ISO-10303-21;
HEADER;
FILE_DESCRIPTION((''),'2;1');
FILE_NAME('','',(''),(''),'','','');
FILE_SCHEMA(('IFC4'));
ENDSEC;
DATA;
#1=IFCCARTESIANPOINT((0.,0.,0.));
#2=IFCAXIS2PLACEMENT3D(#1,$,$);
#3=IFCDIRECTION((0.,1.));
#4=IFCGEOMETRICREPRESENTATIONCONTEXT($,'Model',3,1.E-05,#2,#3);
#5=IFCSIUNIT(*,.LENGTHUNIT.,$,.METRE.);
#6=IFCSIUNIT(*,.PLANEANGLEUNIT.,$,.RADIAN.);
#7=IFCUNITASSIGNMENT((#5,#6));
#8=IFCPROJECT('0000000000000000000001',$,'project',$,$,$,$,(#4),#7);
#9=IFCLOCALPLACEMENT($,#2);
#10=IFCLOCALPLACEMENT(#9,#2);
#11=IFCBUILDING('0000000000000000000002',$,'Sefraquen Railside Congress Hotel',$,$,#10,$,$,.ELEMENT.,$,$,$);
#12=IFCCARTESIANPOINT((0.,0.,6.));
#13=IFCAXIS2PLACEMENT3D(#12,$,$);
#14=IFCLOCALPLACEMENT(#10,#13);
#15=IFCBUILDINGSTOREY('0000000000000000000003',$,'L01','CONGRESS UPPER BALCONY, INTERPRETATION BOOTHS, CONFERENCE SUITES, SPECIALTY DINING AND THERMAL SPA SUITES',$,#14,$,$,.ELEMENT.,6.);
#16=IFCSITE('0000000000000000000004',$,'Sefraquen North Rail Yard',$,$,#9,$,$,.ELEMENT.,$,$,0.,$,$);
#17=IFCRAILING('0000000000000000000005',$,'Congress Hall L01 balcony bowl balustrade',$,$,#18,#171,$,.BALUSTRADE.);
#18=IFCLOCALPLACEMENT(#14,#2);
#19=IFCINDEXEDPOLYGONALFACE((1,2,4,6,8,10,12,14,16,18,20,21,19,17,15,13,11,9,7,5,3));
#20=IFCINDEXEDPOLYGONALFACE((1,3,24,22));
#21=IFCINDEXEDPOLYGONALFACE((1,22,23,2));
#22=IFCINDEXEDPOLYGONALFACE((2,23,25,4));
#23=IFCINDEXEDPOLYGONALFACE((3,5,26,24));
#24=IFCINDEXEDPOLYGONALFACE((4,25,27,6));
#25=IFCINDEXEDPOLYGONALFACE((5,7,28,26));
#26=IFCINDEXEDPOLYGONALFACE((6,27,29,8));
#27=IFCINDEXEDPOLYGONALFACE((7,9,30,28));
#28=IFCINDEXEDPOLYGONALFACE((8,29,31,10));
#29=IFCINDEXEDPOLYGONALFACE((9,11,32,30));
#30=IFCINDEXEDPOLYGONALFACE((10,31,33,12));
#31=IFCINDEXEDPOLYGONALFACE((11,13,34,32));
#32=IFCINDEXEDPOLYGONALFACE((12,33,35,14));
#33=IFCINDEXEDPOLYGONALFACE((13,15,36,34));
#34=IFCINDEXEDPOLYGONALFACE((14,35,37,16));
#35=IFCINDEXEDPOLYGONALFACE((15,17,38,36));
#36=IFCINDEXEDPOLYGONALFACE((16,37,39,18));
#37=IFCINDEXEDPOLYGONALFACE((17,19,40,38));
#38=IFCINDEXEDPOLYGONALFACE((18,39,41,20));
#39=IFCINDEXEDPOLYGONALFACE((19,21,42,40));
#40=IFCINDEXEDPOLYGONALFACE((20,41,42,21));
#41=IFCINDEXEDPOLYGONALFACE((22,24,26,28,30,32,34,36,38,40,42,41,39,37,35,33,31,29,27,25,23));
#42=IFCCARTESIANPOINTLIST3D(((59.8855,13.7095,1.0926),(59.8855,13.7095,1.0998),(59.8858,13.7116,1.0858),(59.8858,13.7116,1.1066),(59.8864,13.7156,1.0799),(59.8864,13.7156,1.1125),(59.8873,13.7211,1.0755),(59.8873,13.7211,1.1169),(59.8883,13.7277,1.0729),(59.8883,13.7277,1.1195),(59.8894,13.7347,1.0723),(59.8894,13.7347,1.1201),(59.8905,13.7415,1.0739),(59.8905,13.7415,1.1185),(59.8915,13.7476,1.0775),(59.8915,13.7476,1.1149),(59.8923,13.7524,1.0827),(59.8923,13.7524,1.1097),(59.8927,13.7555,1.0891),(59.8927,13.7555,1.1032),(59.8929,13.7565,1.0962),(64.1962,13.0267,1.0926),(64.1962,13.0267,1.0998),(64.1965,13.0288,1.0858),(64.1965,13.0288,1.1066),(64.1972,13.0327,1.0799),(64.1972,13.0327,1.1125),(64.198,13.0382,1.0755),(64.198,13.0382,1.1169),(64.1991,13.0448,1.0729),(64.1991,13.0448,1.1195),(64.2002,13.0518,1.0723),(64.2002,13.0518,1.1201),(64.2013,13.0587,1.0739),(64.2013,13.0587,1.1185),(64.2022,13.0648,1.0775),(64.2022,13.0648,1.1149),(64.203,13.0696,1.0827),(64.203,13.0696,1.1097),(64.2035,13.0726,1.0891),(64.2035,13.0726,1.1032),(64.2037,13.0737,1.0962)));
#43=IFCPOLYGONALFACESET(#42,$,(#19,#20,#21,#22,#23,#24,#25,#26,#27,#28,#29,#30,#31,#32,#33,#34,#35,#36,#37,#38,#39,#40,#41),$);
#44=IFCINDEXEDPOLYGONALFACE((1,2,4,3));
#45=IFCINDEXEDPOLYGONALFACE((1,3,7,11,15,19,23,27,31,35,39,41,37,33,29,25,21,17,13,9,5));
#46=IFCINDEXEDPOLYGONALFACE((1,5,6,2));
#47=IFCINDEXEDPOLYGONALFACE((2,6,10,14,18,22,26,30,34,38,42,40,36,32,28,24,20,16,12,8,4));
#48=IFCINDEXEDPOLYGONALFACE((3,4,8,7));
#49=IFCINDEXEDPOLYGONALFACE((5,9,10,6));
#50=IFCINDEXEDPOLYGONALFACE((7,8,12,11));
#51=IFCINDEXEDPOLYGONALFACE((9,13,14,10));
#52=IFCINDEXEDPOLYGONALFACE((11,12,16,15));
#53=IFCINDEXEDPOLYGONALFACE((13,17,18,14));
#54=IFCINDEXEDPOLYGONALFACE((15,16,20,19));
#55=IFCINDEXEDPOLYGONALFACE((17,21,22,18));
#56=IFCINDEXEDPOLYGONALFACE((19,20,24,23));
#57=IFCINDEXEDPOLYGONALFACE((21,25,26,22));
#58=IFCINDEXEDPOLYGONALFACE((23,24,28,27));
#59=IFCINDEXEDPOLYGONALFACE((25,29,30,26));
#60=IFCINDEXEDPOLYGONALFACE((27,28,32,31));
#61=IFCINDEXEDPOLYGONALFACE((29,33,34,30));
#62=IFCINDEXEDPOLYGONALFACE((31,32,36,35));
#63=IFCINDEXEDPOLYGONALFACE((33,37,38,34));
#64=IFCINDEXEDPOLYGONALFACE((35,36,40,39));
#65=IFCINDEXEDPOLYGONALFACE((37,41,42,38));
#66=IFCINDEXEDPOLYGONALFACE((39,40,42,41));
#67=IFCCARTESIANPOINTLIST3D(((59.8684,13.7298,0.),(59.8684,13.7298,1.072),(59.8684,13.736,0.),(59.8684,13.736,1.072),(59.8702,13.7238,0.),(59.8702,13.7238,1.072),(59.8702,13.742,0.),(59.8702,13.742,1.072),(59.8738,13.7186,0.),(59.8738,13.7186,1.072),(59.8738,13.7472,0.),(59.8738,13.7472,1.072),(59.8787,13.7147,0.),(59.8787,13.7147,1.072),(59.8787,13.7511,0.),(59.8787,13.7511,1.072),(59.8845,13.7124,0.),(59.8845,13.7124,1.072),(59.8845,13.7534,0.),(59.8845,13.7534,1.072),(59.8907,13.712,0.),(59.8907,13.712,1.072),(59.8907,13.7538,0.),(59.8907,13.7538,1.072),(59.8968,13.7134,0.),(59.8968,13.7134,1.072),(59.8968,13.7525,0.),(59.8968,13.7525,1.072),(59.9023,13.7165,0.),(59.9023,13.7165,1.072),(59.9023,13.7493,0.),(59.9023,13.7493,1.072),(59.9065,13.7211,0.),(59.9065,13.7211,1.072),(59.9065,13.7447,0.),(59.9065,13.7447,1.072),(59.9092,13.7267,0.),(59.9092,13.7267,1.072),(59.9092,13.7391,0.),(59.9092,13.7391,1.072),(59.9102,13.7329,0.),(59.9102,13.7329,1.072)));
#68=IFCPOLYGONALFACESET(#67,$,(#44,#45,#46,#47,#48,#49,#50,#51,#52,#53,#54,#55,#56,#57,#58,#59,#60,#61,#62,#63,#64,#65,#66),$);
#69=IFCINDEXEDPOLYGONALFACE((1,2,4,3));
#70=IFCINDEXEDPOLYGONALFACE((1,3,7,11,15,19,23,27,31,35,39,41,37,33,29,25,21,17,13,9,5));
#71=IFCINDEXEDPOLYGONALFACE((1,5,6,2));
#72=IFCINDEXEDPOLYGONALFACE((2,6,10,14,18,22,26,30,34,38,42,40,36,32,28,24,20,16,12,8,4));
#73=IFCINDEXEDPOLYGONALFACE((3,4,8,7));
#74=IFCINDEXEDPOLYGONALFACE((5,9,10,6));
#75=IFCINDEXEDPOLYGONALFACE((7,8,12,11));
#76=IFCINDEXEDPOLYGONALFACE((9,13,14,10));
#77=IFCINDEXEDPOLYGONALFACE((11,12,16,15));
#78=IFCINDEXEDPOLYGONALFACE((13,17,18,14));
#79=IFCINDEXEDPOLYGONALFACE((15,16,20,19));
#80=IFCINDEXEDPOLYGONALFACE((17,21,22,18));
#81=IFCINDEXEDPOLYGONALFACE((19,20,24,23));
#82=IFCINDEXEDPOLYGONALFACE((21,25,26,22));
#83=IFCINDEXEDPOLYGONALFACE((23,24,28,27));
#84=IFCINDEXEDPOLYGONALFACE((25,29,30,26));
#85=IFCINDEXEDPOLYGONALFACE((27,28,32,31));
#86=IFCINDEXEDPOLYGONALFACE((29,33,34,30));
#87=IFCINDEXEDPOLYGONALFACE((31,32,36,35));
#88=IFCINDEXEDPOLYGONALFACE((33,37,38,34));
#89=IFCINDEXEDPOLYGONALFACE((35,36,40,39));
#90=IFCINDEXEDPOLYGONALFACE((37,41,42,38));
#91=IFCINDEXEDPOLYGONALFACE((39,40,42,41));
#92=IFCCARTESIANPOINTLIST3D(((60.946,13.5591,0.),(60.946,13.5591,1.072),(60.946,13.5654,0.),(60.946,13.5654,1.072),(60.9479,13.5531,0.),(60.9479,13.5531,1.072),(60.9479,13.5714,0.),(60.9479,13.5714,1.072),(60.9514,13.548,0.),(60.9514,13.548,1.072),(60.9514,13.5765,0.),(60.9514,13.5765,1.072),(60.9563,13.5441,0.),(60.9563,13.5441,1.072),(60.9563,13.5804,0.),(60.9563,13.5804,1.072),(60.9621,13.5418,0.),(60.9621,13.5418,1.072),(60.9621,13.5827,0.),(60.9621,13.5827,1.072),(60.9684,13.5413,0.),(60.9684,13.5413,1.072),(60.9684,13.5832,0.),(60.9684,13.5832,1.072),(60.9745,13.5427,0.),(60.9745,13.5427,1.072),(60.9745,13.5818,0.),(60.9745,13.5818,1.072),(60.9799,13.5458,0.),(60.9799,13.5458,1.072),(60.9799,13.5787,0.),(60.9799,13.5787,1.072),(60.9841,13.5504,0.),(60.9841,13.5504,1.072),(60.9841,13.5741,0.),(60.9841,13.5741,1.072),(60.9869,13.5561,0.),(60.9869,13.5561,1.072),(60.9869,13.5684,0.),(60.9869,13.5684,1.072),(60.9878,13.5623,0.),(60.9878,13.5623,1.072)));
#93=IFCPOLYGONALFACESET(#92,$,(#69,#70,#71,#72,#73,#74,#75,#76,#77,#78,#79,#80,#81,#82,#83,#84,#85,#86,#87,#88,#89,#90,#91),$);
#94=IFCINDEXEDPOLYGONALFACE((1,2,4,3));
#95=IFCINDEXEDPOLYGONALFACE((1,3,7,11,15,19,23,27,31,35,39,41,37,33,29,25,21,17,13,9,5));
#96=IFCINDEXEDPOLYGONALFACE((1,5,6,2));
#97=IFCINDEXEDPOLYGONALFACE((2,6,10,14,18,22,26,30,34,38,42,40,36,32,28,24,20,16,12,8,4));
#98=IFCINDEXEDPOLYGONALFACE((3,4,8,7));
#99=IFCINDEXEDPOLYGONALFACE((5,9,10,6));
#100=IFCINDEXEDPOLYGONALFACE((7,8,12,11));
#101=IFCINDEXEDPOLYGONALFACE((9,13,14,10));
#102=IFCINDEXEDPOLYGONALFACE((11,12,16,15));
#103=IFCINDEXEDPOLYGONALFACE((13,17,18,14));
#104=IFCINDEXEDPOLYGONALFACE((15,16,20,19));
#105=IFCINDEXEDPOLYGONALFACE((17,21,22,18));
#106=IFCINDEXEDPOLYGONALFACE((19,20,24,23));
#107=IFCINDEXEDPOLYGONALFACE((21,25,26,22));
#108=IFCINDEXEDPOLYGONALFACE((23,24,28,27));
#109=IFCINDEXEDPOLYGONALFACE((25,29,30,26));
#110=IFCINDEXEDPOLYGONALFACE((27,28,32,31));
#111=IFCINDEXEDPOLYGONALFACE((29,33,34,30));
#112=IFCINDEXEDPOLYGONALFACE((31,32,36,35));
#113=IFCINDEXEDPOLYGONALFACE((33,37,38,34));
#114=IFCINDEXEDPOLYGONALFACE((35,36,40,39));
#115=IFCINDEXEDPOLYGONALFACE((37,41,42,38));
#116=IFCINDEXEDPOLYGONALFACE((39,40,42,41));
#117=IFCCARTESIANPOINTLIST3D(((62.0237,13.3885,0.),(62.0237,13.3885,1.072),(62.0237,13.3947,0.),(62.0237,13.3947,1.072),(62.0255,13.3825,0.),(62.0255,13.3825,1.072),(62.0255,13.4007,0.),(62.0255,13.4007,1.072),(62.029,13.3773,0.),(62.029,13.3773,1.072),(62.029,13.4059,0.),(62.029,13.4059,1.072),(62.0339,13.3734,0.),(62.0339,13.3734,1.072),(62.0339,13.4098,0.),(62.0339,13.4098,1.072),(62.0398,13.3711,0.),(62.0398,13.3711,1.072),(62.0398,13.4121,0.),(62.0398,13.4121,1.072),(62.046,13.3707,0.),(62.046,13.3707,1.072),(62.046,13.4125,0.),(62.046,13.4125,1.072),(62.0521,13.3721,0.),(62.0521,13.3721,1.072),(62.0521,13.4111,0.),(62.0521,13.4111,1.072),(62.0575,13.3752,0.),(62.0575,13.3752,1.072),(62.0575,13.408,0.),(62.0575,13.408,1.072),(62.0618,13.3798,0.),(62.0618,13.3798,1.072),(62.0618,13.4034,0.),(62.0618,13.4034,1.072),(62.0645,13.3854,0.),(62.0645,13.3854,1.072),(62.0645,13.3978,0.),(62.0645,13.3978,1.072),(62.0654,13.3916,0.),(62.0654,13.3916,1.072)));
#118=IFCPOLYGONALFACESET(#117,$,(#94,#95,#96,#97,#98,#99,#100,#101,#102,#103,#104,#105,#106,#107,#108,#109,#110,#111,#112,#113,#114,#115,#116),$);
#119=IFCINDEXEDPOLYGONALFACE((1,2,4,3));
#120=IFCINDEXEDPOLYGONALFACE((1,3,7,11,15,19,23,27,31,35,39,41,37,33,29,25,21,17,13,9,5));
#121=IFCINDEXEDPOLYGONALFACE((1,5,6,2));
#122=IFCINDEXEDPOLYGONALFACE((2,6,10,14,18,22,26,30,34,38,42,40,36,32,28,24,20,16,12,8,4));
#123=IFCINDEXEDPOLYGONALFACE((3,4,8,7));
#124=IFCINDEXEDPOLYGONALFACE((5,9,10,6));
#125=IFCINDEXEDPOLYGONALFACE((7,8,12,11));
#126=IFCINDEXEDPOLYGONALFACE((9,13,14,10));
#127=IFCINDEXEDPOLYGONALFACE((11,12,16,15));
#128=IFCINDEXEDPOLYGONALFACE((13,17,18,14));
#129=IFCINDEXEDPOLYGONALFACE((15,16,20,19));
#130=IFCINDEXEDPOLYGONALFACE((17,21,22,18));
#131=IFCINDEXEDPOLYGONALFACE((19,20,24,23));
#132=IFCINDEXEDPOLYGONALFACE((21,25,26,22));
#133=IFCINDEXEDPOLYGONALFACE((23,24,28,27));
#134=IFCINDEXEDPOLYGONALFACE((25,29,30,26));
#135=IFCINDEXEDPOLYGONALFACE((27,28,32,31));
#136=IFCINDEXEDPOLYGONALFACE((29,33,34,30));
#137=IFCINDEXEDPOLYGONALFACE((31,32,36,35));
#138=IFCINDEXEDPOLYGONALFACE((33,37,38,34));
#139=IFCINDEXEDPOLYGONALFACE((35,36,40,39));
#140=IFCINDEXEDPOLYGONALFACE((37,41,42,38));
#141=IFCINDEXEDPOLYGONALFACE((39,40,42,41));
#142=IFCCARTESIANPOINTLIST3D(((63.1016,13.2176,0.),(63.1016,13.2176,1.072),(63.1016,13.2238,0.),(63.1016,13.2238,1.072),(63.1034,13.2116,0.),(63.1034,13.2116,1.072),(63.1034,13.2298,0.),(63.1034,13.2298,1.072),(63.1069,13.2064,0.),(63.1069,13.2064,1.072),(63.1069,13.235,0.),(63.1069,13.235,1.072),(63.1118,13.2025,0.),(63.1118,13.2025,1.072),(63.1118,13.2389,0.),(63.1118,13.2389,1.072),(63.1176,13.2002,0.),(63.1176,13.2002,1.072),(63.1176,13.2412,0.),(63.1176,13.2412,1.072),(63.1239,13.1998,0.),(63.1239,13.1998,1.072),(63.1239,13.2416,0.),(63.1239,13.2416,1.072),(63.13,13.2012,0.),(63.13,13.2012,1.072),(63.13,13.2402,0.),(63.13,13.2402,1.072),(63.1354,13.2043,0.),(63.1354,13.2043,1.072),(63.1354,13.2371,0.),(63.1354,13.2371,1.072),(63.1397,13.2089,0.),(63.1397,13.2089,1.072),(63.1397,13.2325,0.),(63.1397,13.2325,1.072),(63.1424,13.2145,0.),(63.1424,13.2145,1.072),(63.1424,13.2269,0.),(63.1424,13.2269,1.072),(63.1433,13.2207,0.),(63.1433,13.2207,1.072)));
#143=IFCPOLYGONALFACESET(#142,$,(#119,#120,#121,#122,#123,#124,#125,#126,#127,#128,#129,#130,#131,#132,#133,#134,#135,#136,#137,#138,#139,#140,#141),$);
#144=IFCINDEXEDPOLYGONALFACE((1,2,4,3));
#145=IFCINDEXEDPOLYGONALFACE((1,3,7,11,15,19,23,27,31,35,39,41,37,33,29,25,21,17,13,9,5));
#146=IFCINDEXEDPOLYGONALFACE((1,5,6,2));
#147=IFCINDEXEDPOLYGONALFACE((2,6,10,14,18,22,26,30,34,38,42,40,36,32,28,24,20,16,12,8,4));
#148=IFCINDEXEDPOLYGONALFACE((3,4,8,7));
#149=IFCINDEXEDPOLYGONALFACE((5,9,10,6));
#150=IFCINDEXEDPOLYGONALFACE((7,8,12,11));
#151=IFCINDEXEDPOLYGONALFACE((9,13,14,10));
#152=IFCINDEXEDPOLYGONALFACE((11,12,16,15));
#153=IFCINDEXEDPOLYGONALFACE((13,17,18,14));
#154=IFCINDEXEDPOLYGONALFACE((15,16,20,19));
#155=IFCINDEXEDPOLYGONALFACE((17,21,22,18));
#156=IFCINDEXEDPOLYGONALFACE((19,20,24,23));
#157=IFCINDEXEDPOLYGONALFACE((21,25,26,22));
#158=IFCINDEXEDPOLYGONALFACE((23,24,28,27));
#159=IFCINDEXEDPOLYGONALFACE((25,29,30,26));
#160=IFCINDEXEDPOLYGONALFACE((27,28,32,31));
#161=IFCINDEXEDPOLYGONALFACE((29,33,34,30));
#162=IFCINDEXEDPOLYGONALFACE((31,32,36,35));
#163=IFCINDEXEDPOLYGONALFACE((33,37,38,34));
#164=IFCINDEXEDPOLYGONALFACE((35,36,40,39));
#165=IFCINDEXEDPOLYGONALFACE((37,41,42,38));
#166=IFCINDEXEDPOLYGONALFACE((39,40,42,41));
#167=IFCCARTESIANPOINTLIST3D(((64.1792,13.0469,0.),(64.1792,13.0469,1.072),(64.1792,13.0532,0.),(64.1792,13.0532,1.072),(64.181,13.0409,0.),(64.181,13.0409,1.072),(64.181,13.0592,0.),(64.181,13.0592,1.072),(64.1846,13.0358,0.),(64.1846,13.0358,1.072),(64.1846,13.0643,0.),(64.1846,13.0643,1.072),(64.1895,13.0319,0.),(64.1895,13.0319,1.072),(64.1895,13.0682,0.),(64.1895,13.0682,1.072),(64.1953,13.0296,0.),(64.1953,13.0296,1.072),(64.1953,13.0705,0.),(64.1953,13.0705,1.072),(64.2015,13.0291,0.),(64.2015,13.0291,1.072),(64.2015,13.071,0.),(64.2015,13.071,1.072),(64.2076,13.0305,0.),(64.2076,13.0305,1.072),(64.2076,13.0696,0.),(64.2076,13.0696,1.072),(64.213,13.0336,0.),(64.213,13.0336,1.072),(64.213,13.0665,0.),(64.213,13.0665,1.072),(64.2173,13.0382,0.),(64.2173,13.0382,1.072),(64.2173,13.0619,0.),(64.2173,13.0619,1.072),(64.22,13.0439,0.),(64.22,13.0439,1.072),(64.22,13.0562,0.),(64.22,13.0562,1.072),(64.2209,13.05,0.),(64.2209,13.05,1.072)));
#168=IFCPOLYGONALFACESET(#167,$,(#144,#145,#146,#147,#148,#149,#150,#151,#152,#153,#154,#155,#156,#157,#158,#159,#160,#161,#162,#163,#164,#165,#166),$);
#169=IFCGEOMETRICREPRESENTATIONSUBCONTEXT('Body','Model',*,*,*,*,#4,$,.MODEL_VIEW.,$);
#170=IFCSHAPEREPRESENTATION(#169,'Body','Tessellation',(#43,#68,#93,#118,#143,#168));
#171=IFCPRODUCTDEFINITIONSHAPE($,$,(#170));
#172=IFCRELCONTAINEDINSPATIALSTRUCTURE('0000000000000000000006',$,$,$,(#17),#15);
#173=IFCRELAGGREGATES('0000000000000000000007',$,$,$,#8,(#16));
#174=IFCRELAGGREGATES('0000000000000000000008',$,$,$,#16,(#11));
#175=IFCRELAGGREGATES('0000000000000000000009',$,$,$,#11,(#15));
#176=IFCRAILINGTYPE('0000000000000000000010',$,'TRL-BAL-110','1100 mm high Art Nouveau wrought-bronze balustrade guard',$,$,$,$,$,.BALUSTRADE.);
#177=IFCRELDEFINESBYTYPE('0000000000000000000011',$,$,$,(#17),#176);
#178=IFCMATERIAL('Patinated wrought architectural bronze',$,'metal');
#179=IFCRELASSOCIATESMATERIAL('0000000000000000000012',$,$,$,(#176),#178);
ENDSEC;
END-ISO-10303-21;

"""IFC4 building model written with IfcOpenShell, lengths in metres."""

from ifc_helpers import new_model, si_unit, direction, frame, origin, origin_2d, place, context, subcontext, project, spatial, circle, extrude, material, type_object, element, save


model = new_model("IFC4")

# Units and contexts
model_context = context("Model", 3, precision=1e-05, world=origin(), true_north=direction((0.0, 1.0)))
body_context = subcontext(model_context, "Body", "Model", "MODEL_VIEW")
ifc_project = project(units=[si_unit("LENGTHUNIT", "METRE"), si_unit("PLANEANGLEUNIT", "RADIAN")], contexts=[model_context])

# Site, building, storey
site_placement = place(None, origin())
site = spatial("IfcSite", under=ifc_project, at=site_placement, Name="Sefraquen North Rail Yard", CompositionType="ELEMENT", RefElevation=0.0)
building_placement = place(site_placement, origin())
building = spatial("IfcBuilding", under=site, at=building_placement, Name="Sefraquen Railside Congress Hotel", CompositionType="ELEMENT")
storey_placement = place(building_placement, frame((0.0, 0.0, 6.0)))
storey = spatial("IfcBuildingStorey", under=building, at=storey_placement, Name="L01", Description="CONGRESS UPPER BALCONY, INTERPRETATION BOOTHS, CONFERENCE SUITES, SPECIALTY DINING AND THERMAL SPA SUITES", CompositionType="ELEMENT", Elevation=6.0)

# Railing
ifc_material_1 = material(Name="Patinated wrought architectural bronze", Category="metal")
railing_type = type_object("IfcRailingType", Name="TRL-BAL-110", Description="1100 mm high Art Nouveau wrought-bronze balustrade guard", PredefinedType="BALUSTRADE", material=ifc_material_1)
railing_1_placement = place(storey_placement, frame((59.8892, 13.7329, 0.0)))
element("IfcRailing", 1, at=railing_1_placement, inside=storey, type_object=railing_type, Name="Congress Hall L01 balcony bowl balustrade", PredefinedType="BALUSTRADE", context=body_context, shape_type="SweptSolid", body=[
    extrude(circle(Radius=0.0239, at=origin_2d()), frame((0.0, 0.0, 1.0962), z_axis=(0.987685, -0.156457, 0.0), x_axis=(0.156457, 0.987685, 0.0)), (0.0, 0.0, 1.0), 4.3645),
    extrude(circle(Radius=0.021, at=origin_2d()), origin(), (0.0, 0.0, 1.0), 1.072),
    extrude(circle(Radius=0.021, at=origin_2d()), frame((1.0776, -0.1707, 0.0)), (0.0, 0.0, 1.0), 1.072),
    extrude(circle(Radius=0.021, at=origin_2d()), frame((2.1553, -0.3413, 0.0)), (0.0, 0.0, 1.0), 1.072),
    extrude(circle(Radius=0.021, at=origin_2d()), frame((3.2332, -0.5122, 0.0)), (0.0, 0.0, 1.0), 1.072),
    extrude(circle(Radius=0.021, at=origin_2d()), frame((4.3108, -0.6829, 0.0)), (0.0, 0.0, 1.0), 1.072),
])

save(model, "model.ifc")
